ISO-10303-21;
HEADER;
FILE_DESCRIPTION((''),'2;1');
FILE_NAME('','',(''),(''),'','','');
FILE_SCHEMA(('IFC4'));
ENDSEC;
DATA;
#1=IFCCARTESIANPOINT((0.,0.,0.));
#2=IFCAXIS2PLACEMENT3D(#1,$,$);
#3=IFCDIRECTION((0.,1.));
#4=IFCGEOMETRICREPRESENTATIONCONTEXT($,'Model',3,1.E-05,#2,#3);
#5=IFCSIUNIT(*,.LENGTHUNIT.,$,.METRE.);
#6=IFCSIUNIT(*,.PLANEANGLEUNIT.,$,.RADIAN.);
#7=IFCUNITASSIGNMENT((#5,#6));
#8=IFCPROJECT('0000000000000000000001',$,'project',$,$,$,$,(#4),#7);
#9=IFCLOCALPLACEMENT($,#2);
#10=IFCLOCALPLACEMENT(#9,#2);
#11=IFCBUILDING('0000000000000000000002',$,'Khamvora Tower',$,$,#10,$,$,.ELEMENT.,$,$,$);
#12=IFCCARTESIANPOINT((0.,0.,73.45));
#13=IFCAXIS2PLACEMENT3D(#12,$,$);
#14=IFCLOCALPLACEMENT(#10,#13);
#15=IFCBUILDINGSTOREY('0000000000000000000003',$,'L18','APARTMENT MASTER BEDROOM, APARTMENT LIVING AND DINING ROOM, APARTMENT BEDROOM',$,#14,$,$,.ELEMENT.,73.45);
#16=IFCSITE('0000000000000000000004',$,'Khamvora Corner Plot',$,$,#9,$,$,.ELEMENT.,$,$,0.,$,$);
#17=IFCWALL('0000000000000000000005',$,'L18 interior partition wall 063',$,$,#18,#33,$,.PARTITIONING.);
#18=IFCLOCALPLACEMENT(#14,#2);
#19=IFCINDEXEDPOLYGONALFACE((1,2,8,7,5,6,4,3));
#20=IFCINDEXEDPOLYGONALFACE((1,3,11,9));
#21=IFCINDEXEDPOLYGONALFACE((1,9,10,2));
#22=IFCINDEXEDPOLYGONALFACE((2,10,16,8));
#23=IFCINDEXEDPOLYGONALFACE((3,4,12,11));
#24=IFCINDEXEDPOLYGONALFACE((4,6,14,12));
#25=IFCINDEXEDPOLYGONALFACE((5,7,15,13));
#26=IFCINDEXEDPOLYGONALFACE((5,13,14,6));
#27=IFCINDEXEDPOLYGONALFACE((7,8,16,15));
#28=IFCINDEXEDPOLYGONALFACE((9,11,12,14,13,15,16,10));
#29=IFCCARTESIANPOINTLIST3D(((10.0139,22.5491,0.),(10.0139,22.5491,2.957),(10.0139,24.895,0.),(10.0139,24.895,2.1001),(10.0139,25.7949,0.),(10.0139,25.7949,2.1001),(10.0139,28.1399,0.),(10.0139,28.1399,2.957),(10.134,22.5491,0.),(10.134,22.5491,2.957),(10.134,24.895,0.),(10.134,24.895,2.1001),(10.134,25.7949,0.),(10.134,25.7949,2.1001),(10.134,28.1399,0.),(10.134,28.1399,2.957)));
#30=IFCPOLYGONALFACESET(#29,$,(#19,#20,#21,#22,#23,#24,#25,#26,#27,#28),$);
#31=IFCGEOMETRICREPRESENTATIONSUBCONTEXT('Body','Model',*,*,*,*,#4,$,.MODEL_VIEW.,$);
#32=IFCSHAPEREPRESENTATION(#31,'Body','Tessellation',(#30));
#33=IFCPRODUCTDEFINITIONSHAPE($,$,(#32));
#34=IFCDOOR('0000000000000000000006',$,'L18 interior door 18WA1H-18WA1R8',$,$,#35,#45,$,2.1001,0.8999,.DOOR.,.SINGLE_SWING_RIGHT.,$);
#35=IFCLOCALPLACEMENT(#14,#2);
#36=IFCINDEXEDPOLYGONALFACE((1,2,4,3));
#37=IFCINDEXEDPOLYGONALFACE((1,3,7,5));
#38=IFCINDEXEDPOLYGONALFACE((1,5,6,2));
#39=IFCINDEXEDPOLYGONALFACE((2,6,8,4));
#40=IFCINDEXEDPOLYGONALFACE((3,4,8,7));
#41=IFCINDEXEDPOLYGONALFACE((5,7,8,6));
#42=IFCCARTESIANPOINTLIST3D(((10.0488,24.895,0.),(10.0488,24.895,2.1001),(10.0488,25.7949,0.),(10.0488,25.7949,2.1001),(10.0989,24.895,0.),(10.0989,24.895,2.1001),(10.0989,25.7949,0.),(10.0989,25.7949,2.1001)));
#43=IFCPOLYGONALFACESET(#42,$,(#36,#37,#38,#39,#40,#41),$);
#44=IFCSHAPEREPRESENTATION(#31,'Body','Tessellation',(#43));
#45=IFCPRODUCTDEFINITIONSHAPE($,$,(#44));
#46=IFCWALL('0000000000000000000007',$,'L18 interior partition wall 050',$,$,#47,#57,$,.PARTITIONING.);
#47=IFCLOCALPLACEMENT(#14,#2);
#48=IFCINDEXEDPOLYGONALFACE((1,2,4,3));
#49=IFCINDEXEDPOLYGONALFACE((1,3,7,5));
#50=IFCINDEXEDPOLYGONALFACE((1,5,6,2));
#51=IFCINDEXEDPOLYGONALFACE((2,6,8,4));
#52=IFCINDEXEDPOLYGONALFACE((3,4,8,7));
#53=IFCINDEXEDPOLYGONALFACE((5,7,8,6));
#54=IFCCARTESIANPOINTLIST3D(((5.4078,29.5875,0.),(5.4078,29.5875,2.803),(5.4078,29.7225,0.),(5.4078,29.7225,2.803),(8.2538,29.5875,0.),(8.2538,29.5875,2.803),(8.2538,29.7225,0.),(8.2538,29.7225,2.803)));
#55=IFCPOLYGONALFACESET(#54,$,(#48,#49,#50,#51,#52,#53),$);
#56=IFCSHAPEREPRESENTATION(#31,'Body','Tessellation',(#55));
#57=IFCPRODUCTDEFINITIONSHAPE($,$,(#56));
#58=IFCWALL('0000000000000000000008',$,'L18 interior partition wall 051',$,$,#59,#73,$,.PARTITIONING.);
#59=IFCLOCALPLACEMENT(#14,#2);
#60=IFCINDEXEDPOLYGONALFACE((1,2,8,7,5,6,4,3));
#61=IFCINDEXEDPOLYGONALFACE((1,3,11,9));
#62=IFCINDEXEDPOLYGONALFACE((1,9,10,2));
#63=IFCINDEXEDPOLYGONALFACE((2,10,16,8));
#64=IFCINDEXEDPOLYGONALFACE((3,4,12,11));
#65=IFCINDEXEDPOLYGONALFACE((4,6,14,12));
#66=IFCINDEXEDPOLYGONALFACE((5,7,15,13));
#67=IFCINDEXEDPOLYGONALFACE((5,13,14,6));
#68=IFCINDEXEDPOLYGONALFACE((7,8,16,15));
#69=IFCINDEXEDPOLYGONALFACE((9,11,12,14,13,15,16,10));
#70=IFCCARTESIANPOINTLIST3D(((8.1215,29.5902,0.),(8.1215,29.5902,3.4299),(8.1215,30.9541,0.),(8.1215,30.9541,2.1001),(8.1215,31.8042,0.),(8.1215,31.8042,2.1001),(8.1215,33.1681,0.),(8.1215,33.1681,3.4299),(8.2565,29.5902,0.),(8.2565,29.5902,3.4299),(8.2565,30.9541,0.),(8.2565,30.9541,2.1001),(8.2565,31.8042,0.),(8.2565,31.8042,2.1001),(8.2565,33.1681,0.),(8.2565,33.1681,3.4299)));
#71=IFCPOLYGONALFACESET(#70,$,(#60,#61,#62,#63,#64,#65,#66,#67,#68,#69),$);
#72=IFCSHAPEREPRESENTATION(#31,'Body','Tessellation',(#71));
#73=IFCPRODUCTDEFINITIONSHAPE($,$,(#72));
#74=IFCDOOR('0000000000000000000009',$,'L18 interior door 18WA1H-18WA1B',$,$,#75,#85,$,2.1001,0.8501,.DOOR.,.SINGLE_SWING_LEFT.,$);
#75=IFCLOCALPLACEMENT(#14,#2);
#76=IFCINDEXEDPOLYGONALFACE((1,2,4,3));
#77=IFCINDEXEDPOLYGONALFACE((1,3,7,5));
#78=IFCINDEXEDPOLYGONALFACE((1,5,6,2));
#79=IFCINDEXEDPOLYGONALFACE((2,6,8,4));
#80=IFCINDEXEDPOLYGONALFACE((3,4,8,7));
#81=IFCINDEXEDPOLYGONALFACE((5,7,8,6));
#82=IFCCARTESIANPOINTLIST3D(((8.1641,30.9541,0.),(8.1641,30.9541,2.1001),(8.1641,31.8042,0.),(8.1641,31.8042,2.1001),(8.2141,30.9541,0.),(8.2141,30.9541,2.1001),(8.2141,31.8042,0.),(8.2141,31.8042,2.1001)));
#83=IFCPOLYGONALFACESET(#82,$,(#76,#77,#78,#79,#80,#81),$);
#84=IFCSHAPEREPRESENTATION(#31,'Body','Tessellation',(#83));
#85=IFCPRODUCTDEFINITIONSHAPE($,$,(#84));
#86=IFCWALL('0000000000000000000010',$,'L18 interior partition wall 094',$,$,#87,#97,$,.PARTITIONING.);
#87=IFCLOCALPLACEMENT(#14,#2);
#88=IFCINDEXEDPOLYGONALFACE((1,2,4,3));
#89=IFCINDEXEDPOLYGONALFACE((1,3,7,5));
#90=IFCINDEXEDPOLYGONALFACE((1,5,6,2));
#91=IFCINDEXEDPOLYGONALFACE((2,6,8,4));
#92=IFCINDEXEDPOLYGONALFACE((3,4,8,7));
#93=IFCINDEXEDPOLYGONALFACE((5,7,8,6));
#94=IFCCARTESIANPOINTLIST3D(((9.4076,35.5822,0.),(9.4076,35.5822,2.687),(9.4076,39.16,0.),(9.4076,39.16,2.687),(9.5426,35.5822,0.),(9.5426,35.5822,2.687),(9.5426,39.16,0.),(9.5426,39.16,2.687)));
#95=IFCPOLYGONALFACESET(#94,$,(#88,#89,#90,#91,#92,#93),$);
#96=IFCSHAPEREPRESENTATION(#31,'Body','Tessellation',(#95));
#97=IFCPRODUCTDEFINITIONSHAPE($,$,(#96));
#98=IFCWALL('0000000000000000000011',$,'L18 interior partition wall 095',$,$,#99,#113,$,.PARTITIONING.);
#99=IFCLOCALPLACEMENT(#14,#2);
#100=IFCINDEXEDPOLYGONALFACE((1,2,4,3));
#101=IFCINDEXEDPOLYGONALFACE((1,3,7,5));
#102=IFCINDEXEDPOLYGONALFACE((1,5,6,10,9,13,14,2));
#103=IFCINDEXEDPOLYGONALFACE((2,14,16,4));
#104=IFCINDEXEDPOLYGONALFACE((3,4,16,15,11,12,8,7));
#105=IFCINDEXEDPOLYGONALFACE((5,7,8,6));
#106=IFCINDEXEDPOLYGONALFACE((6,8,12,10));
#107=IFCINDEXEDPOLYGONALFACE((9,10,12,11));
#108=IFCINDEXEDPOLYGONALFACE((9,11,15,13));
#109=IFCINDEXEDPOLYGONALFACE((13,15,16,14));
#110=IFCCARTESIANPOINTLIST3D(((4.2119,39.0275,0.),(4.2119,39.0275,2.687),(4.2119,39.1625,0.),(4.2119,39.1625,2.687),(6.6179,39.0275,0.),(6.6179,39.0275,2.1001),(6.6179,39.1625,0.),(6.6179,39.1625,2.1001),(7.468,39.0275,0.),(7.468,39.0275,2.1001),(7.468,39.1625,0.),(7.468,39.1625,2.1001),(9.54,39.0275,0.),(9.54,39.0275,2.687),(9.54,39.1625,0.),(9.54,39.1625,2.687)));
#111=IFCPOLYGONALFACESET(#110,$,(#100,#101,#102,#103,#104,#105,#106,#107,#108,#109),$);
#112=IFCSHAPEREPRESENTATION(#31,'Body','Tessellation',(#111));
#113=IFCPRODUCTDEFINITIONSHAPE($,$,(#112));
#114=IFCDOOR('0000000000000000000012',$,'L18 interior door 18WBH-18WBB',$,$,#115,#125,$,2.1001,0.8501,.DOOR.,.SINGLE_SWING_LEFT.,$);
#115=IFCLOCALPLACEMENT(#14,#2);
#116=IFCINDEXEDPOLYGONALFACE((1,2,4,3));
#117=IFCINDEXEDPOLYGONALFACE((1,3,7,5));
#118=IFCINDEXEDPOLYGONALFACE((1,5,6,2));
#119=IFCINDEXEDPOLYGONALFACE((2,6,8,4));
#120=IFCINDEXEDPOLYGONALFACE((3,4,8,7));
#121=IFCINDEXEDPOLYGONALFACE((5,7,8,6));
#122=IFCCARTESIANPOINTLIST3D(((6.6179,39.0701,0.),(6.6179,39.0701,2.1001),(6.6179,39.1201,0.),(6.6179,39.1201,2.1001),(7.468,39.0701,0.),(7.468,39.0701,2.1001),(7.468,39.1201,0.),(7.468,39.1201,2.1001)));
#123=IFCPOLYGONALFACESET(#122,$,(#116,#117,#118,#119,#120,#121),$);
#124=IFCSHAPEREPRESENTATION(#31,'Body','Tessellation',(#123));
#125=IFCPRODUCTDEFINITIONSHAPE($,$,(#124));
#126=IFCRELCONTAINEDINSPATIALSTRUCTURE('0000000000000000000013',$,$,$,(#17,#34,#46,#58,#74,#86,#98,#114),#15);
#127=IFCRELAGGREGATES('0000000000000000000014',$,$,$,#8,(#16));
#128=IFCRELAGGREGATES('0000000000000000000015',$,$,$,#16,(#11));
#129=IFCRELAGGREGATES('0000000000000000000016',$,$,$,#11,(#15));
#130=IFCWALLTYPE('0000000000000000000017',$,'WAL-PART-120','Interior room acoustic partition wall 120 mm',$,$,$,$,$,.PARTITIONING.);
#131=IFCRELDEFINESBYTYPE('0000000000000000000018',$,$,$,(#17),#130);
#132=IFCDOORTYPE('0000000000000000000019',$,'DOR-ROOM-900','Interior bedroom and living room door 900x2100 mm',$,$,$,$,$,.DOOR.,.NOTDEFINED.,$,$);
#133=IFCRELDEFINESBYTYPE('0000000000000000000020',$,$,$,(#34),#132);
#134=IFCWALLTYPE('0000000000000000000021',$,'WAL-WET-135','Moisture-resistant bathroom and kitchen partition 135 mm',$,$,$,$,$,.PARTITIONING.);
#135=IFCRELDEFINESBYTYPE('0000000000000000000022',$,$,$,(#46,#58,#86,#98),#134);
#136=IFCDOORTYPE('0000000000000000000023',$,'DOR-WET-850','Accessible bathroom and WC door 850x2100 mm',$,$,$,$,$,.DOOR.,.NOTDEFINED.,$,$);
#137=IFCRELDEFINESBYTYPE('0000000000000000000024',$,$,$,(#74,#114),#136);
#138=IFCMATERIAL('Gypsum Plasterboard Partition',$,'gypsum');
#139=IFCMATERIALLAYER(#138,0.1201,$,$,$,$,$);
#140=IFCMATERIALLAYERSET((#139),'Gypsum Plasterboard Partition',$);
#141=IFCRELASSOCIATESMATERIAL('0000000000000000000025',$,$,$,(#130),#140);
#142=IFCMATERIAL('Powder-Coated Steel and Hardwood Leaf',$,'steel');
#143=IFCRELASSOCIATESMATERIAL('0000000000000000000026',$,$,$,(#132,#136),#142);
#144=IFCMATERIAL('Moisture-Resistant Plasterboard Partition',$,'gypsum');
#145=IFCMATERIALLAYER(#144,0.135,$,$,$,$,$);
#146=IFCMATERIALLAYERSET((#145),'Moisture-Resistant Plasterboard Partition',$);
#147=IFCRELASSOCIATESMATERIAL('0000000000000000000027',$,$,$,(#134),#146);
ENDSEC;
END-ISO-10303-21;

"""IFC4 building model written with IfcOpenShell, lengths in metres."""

from ifc_helpers import new_model, si_unit, direction, frame, frame_2d, origin, place, context, subcontext, project, spatial, rectangle, extrude, material, layer, layer_set, type_object, element, fill, save


model = new_model("IFC4")

# Units and contexts
model_context = context("Model", 3, precision=1e-05, world=origin(), true_north=direction((0.0, 1.0)))
body_context = subcontext(model_context, "Body", "Model", "MODEL_VIEW")
ifc_project = project(units=[si_unit("LENGTHUNIT", "METRE"), si_unit("PLANEANGLEUNIT", "RADIAN")], contexts=[model_context])

# Site, building, storey
site_placement = place(None, origin())
site = spatial("IfcSite", under=ifc_project, at=site_placement, Name="Khamvora Corner Plot", CompositionType="ELEMENT", RefElevation=0.0)
building_placement = place(site_placement, origin())
building = spatial("IfcBuilding", under=site, at=building_placement, Name="Khamvora Tower", CompositionType="ELEMENT")
storey_placement = place(building_placement, frame((0.0, 0.0, 73.45)))
storey = spatial("IfcBuildingStorey", under=building, at=storey_placement, Name="L18", Description="APARTMENT MASTER BEDROOM, APARTMENT LIVING AND DINING ROOM, APARTMENT BEDROOM", CompositionType="ELEMENT", Elevation=73.45)

# Shared definitions
ifc_material_1 = material(Name="Powder-Coated Steel and Hardwood Leaf", Category="steel")

# Wall, opening, door
ifc_material_2 = material(Name="Gypsum Plasterboard Partition", Category="gypsum")
ifc_layer_1 = layer(ifc_material_2, 0.1201)
ifc_layer_set_1 = layer_set([ifc_layer_1], Name="Gypsum Plasterboard Partition")
wall_type_1 = type_object("IfcWallType", Name="WAL-PART-120", Description="Interior room acoustic partition wall 120 mm", PredefinedType="PARTITIONING", material=ifc_layer_set_1)
wall_1_placement = place(storey_placement, frame((10.074, 28.1399, 0.0), z_axis=(0.0, 0.0, 1.0), x_axis=(0.0, -1.0, 0.0)))
wall_1 = element("IfcWall", 1, at=wall_1_placement, inside=storey, type_object=wall_type_1, Name="L18 interior partition wall 063", PredefinedType="PARTITIONING", context=body_context, shape_type="SweptSolid", body=[
    extrude(rectangle(XDim=5.5908, YDim=0.1201, at=frame_2d((2.7954, 0.0))), origin(), (0.0, 0.0, 1.0), 2.957),
])
opening_1_placement = place(wall_1_placement, frame((2.345, 0.0, 0.0)))
opening_1 = element("IfcOpeningElement", 2, at=opening_1_placement, cuts=wall_1, PredefinedType="OPENING", context=body_context, shape_type="SweptSolid", body=[
    extrude(rectangle(XDim=0.8999, YDim=2.1001, at=frame_2d((0.45, 1.05))), frame((0.0, 0.0701, 0.0), z_axis=(0.0, -1.0, 0.0), x_axis=(1.0, 0.0, 0.0)), (0.0, 0.0, 1.0), 0.1401),
])
door_type_1 = type_object("IfcDoorType", Name="DOR-ROOM-900", Description="Interior bedroom and living room door 900x2100 mm", OperationType="NOTDEFINED", PredefinedType="DOOR", material=ifc_material_1)
door_1_placement = place(opening_1_placement, origin())
door_1 = element("IfcDoor", 3, at=door_1_placement, inside=storey, type_object=door_type_1, Name="L18 interior door 18WA1H-18WA1R8", OperationType="SINGLE_SWING_RIGHT", OverallHeight=2.1001, OverallWidth=0.8999, PredefinedType="DOOR", context=body_context, shape_type="SweptSolid", body=[
    extrude(rectangle(XDim=0.8999, YDim=2.1001, at=frame_2d((0.45, 1.05))), frame((0.0, 0.0249, 0.0), z_axis=(0.0, -1.0, 0.0), x_axis=(1.0, 0.0, 0.0)), (0.0, 0.0, 1.0), 0.05),
])
fill(opening_1, door_1)

# Wall
ifc_material_3 = material(Name="Moisture-Resistant Plasterboard Partition", Category="gypsum")
ifc_layer_2 = layer(ifc_material_3, 0.135)
ifc_layer_set_2 = layer_set([ifc_layer_2], Name="Moisture-Resistant Plasterboard Partition")
wall_type_2 = type_object("IfcWallType", Name="WAL-WET-135", Description="Moisture-resistant bathroom and kitchen partition 135 mm", PredefinedType="PARTITIONING", material=ifc_layer_set_2)
wall_2_placement = place(storey_placement, frame((5.408, 29.655, 0.0), z_axis=(0.0, 0.0, 1.0), x_axis=(1.0, 0.0, 0.0)))
element("IfcWall", 4, at=wall_2_placement, inside=storey, type_object=wall_type_2, Name="L18 interior partition wall 050", PredefinedType="PARTITIONING", context=body_context, shape_type="SweptSolid", body=[
    extrude(rectangle(XDim=2.8459, YDim=0.135, at=frame_2d((1.4229, 0.0))), origin(), (0.0, 0.0, 1.0), 2.803),
])

# Wall, opening, door
wall_3_placement = place(storey_placement, frame((8.189, 29.5901, 0.0), z_axis=(0.0, 0.0, 1.0), x_axis=(0.0, 1.0, 0.0)))
wall_3 = element("IfcWall", 5, at=wall_3_placement, inside=storey, type_object=wall_type_2, Name="L18 interior partition wall 051", PredefinedType="PARTITIONING", context=body_context, shape_type="SweptSolid", body=[
    extrude(rectangle(XDim=3.5779, YDim=0.135, at=frame_2d((1.7891, 0.0))), origin(), (0.0, 0.0, 1.0), 3.4299),
])
opening_2_placement = place(wall_3_placement, frame((1.364, 0.0, 0.0)))
opening_2 = element("IfcOpeningElement", 6, at=opening_2_placement, cuts=wall_3, PredefinedType="OPENING", context=body_context, shape_type="SweptSolid", body=[
    extrude(rectangle(XDim=0.8501, YDim=2.1001, at=frame_2d((0.425, 1.05))), frame((0.0, 0.0774, 0.0), z_axis=(0.0, -1.0, 0.0), x_axis=(1.0, 0.0, 0.0)), (0.0, 0.0, 1.0), 0.155),
])
door_type_2 = type_object("IfcDoorType", Name="DOR-WET-850", Description="Accessible bathroom and WC door 850x2100 mm", OperationType="NOTDEFINED", PredefinedType="DOOR", material=ifc_material_1)
door_2_placement = place(opening_2_placement, origin())
door_2 = element("IfcDoor", 7, at=door_2_placement, inside=storey, type_object=door_type_2, Name="L18 interior door 18WA1H-18WA1B", OperationType="SINGLE_SWING_LEFT", OverallHeight=2.1001, OverallWidth=0.8501, PredefinedType="DOOR", context=body_context, shape_type="SweptSolid", body=[
    extrude(rectangle(XDim=0.8501, YDim=2.1001, at=frame_2d((0.425, 1.05))), frame((0.0, 0.0249, 0.0), z_axis=(0.0, -1.0, 0.0), x_axis=(1.0, 0.0, 0.0)), (0.0, 0.0, 1.0), 0.05),
])
fill(opening_2, door_2)

# Wall
wall_4_placement = place(storey_placement, frame((9.4751, 35.582, 0.0), z_axis=(0.0, 0.0, 1.0), x_axis=(0.0, 1.0, 0.0)))
element("IfcWall", 8, at=wall_4_placement, inside=storey, type_object=wall_type_2, Name="L18 interior partition wall 094", PredefinedType="PARTITIONING", context=body_context, shape_type="SweptSolid", body=[
    extrude(rectangle(XDim=3.5779, YDim=0.135, at=frame_2d((1.7891, 0.0))), origin(), (0.0, 0.0, 1.0), 2.687),
])

# Wall, opening, door
wall_5_placement = place(storey_placement, frame((9.54, 39.095, 0.0), z_axis=(0.0, 0.0, 1.0), x_axis=(-1.0, 0.0, 0.0)))
wall_5 = element("IfcWall", 9, at=wall_5_placement, inside=storey, type_object=wall_type_2, Name="L18 interior partition wall 095", PredefinedType="PARTITIONING", context=body_context, shape_type="SweptSolid", body=[
    extrude(rectangle(XDim=5.3281, YDim=0.135, at=frame_2d((2.6641, 0.0))), origin(), (0.0, 0.0, 1.0), 2.687),
])
opening_3_placement = place(wall_5_placement, frame((2.072, 0.0, 0.0)))
opening_3 = element("IfcOpeningElement", 10, at=opening_3_placement, cuts=wall_5, PredefinedType="OPENING", context=body_context, shape_type="SweptSolid", body=[
    extrude(rectangle(XDim=0.8501, YDim=2.1001, at=frame_2d((0.425, 1.05))), frame((0.0, 0.0774, 0.0), z_axis=(0.0, -1.0, 0.0), x_axis=(1.0, 0.0, 0.0)), (0.0, 0.0, 1.0), 0.155),
])
door_3_placement = place(opening_3_placement, origin())
door_3 = element("IfcDoor", 11, at=door_3_placement, inside=storey, type_object=door_type_2, Name="L18 interior door 18WBH-18WBB", OperationType="SINGLE_SWING_LEFT", OverallHeight=2.1001, OverallWidth=0.8501, PredefinedType="DOOR", context=body_context, shape_type="SweptSolid", body=[
    extrude(rectangle(XDim=0.8501, YDim=2.1001, at=frame_2d((0.425, 1.05))), frame((0.0, 0.0249, 0.0), z_axis=(0.0, -1.0, 0.0), x_axis=(1.0, 0.0, 0.0)), (0.0, 0.0, 1.0), 0.05),
])
fill(opening_3, door_3)

save(model, "model.ifc")
